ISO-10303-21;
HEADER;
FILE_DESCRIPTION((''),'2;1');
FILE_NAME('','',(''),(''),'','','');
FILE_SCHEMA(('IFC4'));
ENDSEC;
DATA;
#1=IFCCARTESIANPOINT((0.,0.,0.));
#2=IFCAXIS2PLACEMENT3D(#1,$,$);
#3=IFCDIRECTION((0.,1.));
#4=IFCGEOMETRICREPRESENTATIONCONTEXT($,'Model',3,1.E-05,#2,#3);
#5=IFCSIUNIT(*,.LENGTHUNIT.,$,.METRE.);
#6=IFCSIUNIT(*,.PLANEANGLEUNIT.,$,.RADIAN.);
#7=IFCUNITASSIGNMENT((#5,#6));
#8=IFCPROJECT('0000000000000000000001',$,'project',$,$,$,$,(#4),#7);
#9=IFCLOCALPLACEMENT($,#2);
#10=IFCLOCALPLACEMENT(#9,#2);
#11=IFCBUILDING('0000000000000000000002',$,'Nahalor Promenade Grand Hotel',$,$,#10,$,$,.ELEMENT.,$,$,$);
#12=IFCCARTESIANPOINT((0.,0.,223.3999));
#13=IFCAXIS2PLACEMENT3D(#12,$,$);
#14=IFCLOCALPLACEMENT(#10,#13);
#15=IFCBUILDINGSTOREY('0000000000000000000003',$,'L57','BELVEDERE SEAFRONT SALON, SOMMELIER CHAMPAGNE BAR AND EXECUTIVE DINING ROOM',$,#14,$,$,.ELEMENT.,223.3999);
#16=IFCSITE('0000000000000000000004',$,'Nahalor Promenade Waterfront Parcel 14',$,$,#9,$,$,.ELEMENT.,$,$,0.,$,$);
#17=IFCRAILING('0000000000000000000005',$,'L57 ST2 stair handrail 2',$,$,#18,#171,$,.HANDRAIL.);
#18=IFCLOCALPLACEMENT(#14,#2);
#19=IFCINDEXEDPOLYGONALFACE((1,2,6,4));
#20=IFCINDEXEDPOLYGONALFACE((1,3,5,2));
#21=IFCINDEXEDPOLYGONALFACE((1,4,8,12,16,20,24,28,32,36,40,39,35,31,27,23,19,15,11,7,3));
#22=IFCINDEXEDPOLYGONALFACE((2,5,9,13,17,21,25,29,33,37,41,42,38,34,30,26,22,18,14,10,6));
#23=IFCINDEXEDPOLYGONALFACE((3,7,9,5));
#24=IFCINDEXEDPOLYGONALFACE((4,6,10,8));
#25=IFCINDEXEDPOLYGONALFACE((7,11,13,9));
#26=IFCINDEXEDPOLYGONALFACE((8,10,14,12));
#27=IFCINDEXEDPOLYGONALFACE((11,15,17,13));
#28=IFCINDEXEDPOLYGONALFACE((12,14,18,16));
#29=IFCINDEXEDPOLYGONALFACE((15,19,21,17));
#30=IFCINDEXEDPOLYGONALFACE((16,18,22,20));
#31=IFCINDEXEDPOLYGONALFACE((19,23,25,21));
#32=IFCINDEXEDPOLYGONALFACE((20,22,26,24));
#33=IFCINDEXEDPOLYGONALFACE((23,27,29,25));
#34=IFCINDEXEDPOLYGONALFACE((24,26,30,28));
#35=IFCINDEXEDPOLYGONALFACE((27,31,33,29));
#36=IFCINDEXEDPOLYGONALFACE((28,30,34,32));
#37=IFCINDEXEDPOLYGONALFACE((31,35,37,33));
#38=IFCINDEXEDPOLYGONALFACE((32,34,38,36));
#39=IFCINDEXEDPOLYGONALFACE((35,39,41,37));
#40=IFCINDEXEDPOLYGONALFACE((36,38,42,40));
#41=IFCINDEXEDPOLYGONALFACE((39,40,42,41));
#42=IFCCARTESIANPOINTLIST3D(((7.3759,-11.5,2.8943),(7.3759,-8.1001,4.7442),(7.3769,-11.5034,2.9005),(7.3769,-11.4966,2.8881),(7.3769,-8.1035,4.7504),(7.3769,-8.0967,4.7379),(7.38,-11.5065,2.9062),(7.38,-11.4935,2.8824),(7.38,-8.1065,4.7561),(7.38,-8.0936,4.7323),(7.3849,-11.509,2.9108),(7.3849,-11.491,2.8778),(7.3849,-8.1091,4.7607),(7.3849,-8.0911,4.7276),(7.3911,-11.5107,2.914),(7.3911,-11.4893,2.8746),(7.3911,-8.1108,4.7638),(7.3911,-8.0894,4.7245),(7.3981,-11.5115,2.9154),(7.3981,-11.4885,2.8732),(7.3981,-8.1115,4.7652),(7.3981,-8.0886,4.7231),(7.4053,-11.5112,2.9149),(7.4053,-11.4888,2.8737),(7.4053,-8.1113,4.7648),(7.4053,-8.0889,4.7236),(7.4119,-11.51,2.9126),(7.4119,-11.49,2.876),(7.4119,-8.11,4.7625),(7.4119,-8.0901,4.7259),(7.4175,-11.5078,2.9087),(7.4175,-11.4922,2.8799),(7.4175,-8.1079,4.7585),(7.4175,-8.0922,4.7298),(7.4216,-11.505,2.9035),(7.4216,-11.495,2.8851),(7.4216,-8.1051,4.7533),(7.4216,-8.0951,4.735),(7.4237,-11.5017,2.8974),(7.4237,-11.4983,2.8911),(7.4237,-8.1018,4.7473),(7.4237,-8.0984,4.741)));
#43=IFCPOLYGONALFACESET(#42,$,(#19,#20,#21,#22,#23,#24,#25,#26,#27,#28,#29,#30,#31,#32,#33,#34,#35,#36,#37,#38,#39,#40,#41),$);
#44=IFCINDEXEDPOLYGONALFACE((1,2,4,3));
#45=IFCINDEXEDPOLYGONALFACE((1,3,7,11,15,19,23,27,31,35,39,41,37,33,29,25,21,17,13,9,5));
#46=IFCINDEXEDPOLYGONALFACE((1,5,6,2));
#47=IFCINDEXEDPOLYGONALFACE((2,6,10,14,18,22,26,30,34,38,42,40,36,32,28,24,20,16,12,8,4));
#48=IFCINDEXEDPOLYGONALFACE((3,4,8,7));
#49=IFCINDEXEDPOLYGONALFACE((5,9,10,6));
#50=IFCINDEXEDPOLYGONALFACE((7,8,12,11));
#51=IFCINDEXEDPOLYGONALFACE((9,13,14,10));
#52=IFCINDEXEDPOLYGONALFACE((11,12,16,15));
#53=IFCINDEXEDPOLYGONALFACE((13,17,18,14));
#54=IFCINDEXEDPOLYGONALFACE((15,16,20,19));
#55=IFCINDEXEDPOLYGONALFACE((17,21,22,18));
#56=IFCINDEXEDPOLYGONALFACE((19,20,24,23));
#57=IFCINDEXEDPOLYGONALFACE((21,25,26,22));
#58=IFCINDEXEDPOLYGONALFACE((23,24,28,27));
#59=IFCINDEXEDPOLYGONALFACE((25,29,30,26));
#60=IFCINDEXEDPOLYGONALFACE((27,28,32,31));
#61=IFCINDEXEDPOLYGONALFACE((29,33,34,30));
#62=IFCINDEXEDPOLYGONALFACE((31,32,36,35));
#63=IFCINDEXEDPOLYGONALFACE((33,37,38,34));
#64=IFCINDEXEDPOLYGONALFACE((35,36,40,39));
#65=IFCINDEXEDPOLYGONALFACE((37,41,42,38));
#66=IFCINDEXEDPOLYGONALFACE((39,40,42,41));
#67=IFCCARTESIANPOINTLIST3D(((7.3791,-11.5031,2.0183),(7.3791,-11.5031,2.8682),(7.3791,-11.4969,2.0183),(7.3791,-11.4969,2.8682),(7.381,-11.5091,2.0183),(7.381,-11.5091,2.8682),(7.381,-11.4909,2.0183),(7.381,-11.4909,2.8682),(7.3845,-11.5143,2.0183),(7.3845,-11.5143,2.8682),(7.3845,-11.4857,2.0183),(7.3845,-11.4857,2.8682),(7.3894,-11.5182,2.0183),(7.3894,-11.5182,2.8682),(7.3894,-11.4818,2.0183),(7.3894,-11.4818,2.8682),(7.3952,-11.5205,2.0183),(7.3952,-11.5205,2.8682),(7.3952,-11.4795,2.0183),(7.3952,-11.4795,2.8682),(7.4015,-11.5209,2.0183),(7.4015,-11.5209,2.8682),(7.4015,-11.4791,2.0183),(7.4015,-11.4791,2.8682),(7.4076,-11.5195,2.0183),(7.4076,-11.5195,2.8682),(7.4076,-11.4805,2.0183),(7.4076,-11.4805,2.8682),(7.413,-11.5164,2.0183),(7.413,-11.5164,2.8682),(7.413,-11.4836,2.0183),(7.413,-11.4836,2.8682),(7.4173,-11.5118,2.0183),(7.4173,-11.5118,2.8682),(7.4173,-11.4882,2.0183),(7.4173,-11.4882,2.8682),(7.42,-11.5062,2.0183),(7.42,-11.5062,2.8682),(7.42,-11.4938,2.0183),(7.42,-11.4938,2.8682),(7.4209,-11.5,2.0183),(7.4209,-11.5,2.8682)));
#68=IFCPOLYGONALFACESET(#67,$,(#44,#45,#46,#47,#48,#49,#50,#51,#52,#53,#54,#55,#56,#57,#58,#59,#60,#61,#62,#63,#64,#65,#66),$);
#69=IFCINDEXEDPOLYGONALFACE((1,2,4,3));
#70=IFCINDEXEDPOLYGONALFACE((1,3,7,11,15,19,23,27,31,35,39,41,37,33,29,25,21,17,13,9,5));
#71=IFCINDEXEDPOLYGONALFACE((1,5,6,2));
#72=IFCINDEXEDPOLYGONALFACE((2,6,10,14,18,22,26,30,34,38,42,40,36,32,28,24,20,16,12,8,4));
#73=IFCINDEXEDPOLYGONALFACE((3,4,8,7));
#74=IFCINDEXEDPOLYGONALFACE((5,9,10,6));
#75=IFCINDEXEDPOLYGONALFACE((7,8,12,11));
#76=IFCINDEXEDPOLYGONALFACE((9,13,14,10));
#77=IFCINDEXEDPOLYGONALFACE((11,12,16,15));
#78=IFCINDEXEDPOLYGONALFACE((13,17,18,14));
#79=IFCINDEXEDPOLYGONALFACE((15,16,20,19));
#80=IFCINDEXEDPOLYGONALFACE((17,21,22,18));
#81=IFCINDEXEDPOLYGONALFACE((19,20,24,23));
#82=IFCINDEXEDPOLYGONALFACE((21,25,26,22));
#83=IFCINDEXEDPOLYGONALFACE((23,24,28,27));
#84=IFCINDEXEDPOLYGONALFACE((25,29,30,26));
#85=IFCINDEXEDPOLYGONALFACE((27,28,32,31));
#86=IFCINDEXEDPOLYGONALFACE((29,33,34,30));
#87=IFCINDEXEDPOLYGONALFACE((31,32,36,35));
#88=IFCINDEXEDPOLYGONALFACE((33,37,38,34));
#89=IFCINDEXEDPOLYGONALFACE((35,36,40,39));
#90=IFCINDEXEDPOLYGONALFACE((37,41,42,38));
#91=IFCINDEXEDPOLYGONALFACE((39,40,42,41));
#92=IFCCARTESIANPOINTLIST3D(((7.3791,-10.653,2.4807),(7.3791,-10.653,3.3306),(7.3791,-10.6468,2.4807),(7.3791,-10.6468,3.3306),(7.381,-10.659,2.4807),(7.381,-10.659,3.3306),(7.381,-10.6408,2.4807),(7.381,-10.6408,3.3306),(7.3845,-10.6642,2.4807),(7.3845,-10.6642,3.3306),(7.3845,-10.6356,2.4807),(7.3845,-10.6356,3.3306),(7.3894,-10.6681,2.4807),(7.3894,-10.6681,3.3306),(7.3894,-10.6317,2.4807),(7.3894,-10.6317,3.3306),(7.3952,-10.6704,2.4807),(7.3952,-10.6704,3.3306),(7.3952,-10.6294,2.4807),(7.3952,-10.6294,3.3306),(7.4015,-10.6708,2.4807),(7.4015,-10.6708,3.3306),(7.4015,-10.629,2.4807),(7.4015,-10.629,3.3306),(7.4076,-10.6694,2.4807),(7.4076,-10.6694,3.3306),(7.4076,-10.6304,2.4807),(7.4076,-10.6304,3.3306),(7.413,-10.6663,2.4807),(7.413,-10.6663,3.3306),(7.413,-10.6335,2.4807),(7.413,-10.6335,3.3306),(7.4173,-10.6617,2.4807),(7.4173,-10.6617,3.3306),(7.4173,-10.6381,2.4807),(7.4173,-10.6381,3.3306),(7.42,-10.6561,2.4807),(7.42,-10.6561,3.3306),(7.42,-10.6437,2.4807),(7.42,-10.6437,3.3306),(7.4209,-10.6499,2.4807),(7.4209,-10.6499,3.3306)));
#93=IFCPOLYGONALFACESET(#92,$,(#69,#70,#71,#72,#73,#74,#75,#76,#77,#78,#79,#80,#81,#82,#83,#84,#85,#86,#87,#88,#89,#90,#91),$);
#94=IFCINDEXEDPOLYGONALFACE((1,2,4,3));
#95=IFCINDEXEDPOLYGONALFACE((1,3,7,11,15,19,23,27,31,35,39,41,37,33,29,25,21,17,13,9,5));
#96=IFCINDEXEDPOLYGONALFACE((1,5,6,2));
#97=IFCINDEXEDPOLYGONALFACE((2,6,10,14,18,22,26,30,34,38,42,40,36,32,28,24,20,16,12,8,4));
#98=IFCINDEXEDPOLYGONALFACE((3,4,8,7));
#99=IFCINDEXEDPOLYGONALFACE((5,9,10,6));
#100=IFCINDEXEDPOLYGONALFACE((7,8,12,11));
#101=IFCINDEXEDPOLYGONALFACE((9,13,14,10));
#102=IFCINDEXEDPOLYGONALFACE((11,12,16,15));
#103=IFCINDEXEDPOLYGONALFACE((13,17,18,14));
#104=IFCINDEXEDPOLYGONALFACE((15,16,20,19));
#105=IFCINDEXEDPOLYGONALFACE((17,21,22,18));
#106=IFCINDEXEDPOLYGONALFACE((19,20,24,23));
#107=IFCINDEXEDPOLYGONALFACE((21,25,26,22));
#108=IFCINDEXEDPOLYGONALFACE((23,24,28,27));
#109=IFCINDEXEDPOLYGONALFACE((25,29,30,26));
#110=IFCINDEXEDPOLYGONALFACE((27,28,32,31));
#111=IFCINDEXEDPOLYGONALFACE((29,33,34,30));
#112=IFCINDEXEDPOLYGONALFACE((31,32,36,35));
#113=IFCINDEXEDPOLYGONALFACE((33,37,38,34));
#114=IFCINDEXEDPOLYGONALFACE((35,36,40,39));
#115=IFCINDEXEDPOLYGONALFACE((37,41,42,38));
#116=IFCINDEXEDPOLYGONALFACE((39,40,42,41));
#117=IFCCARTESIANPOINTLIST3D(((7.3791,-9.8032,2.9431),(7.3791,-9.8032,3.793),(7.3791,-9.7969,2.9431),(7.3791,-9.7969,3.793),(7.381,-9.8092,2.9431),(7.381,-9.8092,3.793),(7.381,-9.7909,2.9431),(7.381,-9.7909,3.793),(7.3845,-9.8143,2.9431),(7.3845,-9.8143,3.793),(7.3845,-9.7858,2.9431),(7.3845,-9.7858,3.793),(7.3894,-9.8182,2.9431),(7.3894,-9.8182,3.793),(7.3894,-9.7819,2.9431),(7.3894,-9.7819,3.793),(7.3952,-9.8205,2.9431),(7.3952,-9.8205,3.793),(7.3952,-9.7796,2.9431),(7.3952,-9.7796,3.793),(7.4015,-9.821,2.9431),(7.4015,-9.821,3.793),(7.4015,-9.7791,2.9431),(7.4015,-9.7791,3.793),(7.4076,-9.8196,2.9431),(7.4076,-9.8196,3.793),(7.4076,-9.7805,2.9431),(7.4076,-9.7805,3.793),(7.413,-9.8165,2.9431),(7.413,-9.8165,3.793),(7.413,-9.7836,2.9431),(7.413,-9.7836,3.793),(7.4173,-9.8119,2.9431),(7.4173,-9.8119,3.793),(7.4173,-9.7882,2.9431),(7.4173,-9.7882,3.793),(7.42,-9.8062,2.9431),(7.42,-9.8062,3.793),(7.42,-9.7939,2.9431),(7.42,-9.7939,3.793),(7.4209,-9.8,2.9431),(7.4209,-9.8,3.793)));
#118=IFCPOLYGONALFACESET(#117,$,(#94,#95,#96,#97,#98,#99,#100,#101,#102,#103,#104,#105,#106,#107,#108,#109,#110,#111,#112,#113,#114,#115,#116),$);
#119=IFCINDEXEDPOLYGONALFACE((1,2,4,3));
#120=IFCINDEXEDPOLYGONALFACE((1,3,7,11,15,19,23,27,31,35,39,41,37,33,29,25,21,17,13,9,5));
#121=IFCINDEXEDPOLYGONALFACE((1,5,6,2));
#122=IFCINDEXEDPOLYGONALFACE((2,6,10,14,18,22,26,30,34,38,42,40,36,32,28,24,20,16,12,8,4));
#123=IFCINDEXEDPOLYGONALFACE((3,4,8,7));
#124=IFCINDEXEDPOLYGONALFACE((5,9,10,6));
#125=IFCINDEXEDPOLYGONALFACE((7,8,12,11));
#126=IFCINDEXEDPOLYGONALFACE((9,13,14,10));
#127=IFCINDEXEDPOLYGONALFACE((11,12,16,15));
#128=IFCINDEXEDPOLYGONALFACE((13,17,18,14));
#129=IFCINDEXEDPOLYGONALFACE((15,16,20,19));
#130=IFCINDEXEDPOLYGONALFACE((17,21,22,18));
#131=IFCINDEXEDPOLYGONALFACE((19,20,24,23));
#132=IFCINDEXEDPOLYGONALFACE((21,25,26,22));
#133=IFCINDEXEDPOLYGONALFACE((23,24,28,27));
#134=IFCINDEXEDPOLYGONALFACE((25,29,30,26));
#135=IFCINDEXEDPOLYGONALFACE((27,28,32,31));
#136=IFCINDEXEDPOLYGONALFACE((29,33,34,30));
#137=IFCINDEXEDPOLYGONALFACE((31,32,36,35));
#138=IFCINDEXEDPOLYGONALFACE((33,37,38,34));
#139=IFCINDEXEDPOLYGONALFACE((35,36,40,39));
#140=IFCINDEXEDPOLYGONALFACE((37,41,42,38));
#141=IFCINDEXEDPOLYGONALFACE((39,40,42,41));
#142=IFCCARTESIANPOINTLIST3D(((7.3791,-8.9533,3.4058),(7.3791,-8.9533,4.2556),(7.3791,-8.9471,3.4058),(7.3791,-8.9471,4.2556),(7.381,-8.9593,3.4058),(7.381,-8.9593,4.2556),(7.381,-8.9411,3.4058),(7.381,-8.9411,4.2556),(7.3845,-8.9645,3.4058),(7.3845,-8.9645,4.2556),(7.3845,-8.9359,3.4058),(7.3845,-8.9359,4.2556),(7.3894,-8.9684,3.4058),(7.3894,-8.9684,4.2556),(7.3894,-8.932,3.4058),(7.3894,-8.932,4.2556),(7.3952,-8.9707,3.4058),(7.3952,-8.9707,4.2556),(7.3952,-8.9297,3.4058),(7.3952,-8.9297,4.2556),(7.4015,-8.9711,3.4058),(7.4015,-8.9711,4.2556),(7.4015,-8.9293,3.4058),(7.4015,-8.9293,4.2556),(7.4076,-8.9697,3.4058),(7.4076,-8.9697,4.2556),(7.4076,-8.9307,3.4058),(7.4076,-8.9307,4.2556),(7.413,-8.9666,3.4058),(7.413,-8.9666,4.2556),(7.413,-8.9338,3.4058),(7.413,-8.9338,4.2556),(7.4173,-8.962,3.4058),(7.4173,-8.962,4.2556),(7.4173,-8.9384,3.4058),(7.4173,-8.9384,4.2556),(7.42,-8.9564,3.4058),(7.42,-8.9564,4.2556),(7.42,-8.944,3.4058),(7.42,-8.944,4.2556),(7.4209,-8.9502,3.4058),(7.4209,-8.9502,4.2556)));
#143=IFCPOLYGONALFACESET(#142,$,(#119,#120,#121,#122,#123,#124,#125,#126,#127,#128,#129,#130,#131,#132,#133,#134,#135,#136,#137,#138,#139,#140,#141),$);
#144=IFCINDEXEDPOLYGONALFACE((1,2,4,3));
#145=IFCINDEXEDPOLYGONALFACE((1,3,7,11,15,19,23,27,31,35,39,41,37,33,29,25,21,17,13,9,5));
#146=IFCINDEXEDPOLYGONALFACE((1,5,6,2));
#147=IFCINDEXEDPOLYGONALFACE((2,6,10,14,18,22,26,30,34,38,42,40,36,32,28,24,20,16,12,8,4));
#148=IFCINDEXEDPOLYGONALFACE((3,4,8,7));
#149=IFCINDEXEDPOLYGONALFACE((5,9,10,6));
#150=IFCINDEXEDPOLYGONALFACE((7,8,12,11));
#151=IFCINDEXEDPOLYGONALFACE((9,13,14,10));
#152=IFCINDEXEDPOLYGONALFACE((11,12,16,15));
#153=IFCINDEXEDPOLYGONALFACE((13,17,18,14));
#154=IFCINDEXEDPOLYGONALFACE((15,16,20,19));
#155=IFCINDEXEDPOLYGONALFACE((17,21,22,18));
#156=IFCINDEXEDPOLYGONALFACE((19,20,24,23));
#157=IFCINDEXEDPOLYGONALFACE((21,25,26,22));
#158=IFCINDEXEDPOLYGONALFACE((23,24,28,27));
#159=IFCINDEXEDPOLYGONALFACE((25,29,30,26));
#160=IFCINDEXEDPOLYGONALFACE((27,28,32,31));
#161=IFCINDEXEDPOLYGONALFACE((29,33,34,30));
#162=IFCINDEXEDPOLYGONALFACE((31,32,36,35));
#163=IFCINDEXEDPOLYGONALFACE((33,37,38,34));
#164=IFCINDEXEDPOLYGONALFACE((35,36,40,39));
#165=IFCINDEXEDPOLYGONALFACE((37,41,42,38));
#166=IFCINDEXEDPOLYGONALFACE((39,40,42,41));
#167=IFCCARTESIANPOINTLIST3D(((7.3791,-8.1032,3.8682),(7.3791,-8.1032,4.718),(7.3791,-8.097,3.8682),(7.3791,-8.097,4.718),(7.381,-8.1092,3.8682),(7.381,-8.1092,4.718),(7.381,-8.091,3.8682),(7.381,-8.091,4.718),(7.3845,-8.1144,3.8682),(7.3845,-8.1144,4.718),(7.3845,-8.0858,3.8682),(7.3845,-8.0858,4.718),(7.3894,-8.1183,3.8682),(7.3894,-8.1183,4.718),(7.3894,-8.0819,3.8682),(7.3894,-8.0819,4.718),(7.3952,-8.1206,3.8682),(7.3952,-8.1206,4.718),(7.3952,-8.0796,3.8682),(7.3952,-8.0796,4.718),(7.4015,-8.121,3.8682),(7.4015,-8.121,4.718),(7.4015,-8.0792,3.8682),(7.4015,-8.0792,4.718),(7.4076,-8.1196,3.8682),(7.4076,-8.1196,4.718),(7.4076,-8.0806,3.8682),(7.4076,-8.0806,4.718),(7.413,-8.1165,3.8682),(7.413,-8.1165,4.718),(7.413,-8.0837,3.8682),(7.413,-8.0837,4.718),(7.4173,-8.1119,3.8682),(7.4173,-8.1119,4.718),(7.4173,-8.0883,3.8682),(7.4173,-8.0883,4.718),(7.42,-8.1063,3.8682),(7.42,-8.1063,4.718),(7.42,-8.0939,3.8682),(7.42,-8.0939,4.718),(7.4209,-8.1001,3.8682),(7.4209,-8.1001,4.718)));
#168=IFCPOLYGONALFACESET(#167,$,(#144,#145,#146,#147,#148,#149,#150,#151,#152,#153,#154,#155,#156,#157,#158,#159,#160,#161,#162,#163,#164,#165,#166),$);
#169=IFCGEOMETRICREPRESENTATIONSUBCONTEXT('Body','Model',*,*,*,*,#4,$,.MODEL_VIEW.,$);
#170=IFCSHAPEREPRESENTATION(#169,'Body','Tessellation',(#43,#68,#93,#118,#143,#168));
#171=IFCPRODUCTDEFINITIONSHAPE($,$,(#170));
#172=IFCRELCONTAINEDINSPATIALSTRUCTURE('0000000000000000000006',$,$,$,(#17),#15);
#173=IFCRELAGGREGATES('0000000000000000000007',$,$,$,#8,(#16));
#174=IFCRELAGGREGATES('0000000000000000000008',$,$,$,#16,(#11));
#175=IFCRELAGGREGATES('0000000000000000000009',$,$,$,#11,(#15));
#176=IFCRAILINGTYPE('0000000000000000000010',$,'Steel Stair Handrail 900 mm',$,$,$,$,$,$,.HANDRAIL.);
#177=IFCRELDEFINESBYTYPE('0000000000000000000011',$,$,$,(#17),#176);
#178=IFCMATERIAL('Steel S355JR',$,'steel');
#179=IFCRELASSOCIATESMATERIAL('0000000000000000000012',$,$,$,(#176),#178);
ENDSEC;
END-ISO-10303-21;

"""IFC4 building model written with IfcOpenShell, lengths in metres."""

from ifc_helpers import new_model, si_unit, direction, frame, origin, origin_2d, place, context, subcontext, project, spatial, circle, extrude, material, type_object, element, save


model = new_model("IFC4")

# Units and contexts
model_context = context("Model", 3, precision=1e-05, world=origin(), true_north=direction((0.0, 1.0)))
body_context = subcontext(model_context, "Body", "Model", "MODEL_VIEW")
ifc_project = project(units=[si_unit("LENGTHUNIT", "METRE"), si_unit("PLANEANGLEUNIT", "RADIAN")], contexts=[model_context])

# Site, building, storey
site_placement = place(None, origin())
site = spatial("IfcSite", under=ifc_project, at=site_placement, Name="Nahalor Promenade Waterfront Parcel 14", CompositionType="ELEMENT", RefElevation=0.0)
building_placement = place(site_placement, origin())
building = spatial("IfcBuilding", under=site, at=building_placement, Name="Nahalor Promenade Grand Hotel", CompositionType="ELEMENT")
storey_placement = place(building_placement, frame((0.0, 0.0, 223.3999)))
storey = spatial("IfcBuildingStorey", under=building, at=storey_placement, Name="L57", Description="BELVEDERE SEAFRONT SALON, SOMMELIER CHAMPAGNE BAR AND EXECUTIVE DINING ROOM", CompositionType="ELEMENT", Elevation=223.3999)

# Shared definitions
ifc_material_1 = material(Name="Steel S355JR", Category="steel")

# Railing
railing_type_1 = type_object("IfcRailingType", Name="Steel Stair Handrail 900 mm", PredefinedType="HANDRAIL", material=ifc_material_1)
railing_1_placement = place(storey_placement, frame((7.3999, -11.5, 2.0183)))
element("IfcRailing", 1, at=railing_1_placement, inside=storey, type_object=railing_type_1, Name="L57 ST2 stair handrail 2", PredefinedType="HANDRAIL", context=body_context, shape_type="SweptSolid", body=[
    extrude(circle(Radius=0.024, at=origin_2d()), frame((0.0, 0.0, 0.876), z_axis=(0.0, 0.878399, 0.477928), x_axis=(-1.0, 0.0, 0.0)), (0.0, 0.0, 1.0), 3.8706),
    extrude(circle(Radius=0.021, at=origin_2d()), origin(), (0.0, 0.0, 1.0), 0.8499),
    extrude(circle(Radius=0.021, at=origin_2d()), frame((0.0, 0.8501, 0.4624)), (0.0, 0.0, 1.0), 0.8499),
    extrude(circle(Radius=0.021, at=origin_2d()), frame((0.0, 1.7, 0.9248)), (0.0, 0.0, 1.0), 0.8499),
    extrude(circle(Radius=0.021, at=origin_2d()), frame((0.0, 2.5498, 1.3875)), (0.0, 0.0, 1.0), 0.8499),
    extrude(circle(Radius=0.021, at=origin_2d()), frame((0.0, 3.3999, 1.8499)), (0.0, 0.0, 1.0), 0.8499),
])

save(model, "model.ifc")
